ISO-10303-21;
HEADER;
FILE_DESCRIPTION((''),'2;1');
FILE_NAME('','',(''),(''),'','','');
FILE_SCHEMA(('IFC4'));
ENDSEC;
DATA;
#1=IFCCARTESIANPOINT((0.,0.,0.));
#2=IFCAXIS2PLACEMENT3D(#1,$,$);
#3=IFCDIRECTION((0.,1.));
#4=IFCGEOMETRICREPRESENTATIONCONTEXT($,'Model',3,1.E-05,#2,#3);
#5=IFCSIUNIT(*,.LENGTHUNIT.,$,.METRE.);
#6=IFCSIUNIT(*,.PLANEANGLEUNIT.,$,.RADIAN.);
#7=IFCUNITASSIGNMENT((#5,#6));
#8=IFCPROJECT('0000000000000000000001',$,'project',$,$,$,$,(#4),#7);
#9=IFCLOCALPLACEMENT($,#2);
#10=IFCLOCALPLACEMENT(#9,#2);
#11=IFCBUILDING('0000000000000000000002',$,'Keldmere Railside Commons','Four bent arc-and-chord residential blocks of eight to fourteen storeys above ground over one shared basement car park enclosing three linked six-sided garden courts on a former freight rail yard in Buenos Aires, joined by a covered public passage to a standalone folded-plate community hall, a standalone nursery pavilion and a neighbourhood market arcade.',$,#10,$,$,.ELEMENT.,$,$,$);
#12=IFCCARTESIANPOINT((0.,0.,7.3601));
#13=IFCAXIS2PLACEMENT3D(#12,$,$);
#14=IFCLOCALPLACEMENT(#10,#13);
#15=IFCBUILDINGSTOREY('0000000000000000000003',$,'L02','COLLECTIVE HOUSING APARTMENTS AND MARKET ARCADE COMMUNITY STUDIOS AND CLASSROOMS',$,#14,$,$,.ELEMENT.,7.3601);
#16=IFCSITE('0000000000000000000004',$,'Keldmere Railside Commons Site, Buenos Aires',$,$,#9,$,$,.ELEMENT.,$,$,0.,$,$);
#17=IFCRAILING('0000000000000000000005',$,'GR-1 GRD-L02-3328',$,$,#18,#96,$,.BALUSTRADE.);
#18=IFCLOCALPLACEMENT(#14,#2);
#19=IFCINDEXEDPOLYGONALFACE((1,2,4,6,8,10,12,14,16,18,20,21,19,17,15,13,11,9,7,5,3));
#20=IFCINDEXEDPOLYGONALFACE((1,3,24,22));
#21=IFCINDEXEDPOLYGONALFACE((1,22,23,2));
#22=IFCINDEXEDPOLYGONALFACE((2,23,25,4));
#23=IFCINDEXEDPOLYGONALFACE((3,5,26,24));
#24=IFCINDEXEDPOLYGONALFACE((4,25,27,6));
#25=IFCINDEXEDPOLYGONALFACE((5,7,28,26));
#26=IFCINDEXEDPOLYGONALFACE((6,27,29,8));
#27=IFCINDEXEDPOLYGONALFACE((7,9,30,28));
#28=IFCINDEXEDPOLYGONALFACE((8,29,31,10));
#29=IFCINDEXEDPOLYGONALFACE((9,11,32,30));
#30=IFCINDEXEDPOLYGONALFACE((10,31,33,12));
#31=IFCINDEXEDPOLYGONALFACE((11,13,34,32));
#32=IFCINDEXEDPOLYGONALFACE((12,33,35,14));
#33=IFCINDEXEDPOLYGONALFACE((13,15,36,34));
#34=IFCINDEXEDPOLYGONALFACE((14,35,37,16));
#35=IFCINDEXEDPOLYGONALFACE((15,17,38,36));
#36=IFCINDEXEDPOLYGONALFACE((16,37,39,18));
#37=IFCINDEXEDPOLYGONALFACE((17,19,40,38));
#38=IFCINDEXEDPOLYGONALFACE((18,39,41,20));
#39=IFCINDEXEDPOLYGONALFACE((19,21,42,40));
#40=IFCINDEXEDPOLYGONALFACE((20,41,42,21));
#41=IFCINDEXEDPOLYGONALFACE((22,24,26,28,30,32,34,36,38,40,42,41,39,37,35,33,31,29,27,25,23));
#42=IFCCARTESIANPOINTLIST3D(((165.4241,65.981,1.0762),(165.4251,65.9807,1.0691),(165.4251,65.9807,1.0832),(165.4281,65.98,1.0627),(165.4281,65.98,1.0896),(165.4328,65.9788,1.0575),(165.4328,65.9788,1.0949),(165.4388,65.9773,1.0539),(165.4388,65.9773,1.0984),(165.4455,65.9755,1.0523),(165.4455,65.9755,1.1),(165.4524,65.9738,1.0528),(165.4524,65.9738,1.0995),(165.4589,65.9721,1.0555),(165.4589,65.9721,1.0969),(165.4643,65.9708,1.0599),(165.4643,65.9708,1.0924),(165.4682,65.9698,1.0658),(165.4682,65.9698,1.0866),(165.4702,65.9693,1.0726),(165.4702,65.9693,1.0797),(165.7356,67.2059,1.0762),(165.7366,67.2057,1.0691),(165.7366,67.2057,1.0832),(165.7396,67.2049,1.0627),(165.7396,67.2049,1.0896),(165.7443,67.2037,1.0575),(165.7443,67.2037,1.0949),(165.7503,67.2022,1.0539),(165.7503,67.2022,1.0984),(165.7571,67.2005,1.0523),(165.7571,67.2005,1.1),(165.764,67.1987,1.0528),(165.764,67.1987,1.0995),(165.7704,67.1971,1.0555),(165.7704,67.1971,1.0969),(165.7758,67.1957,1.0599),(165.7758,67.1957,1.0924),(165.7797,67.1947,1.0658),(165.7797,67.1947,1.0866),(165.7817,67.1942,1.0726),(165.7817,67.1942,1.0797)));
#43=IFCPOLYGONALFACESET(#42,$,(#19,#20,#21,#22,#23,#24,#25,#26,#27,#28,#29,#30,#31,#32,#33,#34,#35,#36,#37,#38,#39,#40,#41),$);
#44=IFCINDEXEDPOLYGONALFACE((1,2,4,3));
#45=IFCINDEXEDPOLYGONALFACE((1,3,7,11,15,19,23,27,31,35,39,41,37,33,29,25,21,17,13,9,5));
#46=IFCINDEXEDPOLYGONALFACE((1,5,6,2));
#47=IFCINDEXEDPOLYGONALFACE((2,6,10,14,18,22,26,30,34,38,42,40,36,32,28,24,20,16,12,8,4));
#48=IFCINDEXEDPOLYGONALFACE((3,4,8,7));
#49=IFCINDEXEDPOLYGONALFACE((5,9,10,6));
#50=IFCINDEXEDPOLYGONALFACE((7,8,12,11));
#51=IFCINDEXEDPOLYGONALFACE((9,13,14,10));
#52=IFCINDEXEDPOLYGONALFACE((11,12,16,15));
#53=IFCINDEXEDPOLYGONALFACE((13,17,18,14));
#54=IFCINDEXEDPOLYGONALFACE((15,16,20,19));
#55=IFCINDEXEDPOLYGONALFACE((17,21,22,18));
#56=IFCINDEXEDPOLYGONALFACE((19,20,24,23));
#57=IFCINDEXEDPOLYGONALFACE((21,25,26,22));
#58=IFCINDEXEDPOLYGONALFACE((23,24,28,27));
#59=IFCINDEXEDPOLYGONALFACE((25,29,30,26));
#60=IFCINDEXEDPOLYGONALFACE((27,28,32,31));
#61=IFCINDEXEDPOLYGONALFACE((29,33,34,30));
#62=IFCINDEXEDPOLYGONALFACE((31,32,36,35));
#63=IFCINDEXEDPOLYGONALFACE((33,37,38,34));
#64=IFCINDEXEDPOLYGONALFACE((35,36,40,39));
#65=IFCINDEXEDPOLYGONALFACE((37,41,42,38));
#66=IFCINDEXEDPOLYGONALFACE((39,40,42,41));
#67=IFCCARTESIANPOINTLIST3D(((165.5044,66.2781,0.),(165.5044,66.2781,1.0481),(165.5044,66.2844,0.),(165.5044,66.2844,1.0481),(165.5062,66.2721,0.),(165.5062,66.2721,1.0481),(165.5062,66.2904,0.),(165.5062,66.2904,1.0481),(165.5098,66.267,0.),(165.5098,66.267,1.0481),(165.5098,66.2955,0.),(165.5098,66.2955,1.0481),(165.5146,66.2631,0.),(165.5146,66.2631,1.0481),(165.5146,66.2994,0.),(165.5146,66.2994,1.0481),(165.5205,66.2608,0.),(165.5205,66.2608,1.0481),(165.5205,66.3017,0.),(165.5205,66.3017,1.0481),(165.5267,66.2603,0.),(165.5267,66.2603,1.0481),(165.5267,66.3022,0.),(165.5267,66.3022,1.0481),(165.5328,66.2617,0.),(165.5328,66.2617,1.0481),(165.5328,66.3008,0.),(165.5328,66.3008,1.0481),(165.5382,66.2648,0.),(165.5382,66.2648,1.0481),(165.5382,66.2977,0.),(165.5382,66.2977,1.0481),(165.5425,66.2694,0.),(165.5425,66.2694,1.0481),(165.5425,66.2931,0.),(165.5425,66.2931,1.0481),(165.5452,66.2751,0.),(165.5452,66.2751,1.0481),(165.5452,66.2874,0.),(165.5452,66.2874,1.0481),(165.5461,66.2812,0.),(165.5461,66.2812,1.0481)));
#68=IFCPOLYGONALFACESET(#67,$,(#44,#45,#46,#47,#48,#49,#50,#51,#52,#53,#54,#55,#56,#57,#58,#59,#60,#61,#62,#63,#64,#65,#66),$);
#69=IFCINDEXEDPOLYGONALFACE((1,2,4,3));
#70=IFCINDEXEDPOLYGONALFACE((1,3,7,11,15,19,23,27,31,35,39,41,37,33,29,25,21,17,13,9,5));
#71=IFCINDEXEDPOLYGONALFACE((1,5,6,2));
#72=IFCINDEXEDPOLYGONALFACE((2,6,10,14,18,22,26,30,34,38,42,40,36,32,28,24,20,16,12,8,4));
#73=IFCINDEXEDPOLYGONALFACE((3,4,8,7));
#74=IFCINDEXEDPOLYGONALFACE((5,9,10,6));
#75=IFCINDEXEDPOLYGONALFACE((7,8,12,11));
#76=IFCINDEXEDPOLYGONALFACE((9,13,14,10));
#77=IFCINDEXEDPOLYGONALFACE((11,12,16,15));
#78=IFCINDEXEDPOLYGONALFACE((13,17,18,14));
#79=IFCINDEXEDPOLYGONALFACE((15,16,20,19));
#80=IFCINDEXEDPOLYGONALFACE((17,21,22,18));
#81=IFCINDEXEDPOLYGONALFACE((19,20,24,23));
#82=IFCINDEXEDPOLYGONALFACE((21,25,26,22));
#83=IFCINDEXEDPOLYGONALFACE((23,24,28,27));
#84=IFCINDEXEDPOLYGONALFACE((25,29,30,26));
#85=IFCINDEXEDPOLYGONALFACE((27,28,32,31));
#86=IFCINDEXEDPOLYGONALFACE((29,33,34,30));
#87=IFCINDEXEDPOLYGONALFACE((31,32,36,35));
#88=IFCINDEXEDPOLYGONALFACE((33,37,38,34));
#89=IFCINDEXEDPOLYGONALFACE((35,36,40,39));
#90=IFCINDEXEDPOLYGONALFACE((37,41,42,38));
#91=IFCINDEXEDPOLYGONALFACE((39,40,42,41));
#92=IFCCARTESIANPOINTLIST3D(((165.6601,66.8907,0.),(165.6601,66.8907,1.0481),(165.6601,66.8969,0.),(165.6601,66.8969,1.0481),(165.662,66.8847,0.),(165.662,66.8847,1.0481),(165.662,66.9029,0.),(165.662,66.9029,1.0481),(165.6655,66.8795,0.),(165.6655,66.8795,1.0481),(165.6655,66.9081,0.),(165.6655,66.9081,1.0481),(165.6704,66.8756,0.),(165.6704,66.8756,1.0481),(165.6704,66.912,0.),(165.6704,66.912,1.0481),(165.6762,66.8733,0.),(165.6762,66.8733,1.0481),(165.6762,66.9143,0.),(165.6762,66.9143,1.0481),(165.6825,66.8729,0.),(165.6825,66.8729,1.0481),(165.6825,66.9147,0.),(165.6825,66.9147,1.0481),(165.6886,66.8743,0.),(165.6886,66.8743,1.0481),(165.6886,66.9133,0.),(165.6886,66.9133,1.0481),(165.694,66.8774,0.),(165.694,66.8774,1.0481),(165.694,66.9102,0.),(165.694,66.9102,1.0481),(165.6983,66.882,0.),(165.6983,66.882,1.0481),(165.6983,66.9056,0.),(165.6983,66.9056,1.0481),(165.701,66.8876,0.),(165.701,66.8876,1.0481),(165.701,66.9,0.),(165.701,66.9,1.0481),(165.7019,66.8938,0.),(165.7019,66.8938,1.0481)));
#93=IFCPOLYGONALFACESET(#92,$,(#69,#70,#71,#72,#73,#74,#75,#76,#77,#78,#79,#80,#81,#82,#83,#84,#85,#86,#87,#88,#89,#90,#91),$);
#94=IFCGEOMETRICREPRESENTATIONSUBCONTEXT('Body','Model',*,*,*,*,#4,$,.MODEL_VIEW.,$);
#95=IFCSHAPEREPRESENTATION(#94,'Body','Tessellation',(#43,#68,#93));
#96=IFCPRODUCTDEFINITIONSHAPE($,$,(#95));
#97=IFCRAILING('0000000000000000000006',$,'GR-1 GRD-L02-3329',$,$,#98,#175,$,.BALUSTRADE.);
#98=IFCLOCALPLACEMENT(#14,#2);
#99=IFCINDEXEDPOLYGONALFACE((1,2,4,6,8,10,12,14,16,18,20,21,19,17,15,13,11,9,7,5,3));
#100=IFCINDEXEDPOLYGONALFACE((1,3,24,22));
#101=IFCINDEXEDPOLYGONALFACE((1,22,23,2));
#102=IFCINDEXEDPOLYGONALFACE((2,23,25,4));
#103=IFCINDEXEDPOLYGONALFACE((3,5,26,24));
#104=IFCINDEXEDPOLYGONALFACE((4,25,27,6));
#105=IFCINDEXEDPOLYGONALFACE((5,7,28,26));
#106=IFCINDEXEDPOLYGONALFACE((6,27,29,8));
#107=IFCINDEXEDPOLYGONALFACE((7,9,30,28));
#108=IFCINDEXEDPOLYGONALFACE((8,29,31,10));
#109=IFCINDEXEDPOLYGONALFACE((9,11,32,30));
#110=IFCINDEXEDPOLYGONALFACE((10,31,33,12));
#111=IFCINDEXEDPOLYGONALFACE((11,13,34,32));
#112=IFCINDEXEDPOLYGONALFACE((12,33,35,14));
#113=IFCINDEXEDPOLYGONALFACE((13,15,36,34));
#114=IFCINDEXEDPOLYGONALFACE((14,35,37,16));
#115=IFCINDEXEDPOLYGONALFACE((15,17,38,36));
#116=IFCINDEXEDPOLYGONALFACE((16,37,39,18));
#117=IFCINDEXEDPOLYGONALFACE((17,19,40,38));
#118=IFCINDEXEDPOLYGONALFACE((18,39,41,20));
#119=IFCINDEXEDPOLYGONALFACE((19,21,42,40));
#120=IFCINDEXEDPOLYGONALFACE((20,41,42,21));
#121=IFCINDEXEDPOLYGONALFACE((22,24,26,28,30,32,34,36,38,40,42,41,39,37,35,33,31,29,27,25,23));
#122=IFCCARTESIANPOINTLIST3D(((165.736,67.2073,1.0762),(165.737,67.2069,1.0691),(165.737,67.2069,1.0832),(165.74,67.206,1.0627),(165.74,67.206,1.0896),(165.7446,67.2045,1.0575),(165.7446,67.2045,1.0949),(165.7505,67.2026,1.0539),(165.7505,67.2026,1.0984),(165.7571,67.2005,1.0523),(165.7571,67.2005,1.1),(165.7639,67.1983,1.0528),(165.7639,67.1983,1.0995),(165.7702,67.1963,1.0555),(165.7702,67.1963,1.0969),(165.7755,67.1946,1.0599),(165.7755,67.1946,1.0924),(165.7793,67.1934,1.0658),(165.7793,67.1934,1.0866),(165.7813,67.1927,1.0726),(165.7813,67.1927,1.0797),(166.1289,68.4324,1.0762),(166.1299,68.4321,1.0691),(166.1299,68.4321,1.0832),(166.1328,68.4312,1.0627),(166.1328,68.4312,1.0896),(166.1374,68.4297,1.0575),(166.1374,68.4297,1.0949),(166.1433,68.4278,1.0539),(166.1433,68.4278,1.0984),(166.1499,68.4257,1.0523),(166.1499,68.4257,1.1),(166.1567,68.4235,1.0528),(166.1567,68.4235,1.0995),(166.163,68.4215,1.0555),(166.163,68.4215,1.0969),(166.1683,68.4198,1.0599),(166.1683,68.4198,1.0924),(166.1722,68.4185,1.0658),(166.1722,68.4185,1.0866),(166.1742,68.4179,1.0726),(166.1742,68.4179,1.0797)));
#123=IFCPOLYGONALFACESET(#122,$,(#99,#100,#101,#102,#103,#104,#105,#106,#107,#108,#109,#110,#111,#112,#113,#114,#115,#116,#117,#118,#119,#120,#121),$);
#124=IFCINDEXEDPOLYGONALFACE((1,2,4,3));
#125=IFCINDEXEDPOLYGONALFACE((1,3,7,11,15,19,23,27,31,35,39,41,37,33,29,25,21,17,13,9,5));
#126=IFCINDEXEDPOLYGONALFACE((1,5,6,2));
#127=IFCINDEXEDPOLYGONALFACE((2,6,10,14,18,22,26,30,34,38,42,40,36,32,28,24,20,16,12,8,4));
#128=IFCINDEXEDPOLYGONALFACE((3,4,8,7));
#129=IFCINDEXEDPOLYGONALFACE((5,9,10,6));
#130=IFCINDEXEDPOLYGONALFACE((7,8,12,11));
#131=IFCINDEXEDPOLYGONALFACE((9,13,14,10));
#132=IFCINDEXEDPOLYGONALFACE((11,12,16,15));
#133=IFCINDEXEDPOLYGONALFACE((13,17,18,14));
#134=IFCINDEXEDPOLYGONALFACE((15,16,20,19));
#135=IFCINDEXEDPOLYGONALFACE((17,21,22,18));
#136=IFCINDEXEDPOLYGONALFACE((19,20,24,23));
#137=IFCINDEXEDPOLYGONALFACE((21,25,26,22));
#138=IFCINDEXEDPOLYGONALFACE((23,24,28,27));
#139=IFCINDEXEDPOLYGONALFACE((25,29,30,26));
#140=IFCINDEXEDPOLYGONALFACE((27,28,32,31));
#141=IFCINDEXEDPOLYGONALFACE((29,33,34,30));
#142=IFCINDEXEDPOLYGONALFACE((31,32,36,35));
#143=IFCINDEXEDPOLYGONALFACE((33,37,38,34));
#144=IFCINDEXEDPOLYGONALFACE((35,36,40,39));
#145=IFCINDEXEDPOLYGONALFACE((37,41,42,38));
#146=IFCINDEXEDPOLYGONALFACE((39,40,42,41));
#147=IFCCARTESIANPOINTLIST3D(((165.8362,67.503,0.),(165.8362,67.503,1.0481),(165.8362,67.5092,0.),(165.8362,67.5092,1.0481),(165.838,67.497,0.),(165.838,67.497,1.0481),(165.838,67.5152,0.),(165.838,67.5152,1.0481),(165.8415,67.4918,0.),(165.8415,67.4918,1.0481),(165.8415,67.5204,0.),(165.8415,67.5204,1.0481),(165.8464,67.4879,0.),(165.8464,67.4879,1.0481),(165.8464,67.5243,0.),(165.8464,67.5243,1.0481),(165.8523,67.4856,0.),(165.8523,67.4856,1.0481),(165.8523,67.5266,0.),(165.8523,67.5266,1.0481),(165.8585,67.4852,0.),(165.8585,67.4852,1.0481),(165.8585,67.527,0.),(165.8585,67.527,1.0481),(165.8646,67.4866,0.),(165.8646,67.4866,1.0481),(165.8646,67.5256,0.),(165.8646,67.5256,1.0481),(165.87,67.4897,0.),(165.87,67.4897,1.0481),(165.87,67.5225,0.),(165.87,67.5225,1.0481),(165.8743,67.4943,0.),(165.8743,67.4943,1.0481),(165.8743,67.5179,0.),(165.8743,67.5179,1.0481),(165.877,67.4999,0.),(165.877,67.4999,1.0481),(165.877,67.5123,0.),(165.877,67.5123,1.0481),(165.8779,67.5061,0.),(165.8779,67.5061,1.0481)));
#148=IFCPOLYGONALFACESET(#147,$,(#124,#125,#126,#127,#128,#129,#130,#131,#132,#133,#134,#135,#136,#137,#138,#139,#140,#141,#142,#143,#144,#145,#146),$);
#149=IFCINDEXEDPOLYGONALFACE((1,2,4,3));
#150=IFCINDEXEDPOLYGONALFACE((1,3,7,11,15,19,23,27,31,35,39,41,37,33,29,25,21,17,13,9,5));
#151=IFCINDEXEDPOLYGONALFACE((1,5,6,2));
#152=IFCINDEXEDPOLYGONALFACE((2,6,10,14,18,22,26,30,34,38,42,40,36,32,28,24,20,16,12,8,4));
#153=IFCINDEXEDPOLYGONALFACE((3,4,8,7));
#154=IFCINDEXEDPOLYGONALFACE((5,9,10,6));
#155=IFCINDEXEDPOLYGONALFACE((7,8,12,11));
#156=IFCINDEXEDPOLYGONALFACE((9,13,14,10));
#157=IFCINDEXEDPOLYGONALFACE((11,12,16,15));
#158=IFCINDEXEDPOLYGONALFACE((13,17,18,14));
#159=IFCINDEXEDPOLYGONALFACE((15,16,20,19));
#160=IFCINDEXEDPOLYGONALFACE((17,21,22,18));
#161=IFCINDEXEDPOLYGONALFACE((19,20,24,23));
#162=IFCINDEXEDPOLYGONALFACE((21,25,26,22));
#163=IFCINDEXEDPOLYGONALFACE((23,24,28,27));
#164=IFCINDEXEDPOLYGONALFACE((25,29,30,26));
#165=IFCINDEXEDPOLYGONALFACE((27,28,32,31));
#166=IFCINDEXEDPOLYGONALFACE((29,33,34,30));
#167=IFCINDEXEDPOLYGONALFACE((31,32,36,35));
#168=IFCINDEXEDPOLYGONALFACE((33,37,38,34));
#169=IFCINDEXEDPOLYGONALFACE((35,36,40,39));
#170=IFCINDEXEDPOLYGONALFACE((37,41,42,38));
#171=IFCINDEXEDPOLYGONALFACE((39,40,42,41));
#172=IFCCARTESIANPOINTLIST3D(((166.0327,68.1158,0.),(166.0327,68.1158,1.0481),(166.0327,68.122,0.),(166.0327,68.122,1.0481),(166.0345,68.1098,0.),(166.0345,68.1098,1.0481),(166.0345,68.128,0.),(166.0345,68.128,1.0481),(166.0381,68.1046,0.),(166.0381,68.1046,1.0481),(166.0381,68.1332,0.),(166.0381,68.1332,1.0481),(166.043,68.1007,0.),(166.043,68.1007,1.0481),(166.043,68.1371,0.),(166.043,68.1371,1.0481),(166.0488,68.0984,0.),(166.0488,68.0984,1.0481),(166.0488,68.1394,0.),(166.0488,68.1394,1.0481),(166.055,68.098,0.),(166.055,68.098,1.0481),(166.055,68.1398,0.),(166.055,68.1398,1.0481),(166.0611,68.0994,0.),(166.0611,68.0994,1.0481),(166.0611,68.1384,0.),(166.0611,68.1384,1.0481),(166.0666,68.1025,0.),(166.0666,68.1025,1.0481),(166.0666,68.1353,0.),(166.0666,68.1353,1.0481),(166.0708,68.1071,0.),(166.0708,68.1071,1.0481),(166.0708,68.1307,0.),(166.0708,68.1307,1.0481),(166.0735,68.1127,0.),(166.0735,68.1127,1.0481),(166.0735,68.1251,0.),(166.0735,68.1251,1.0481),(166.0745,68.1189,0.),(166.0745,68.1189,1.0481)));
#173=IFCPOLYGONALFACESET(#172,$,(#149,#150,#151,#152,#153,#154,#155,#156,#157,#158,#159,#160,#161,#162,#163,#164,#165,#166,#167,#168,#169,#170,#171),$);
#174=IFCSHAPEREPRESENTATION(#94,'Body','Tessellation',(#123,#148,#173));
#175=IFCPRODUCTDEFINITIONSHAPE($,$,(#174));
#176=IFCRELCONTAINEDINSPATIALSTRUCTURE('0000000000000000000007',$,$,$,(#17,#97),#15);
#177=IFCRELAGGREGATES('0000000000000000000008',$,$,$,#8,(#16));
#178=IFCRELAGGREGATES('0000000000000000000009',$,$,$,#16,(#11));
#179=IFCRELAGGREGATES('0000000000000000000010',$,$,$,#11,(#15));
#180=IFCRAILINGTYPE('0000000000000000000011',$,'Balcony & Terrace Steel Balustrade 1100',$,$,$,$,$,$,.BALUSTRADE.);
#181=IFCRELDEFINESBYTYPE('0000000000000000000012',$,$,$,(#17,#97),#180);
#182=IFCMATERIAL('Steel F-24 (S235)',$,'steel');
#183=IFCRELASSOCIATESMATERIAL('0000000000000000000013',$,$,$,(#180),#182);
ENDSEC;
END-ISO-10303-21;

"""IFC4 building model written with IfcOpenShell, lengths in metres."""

from ifc_helpers import new_model, si_unit, direction, frame, origin, origin_2d, place, context, subcontext, project, spatial, circle, extrude, material, type_object, element, save


model = new_model("IFC4")

# Units and contexts
model_context = context("Model", 3, precision=1e-05, world=origin(), true_north=direction((0.0, 1.0)))
body_context = subcontext(model_context, "Body", "Model", "MODEL_VIEW")
ifc_project = project(units=[si_unit("LENGTHUNIT", "METRE"), si_unit("PLANEANGLEUNIT", "RADIAN")], contexts=[model_context])

# Site, building, storey
site_placement = place(None, origin())
site = spatial("IfcSite", under=ifc_project, at=site_placement, Name="Keldmere Railside Commons Site, Buenos Aires", CompositionType="ELEMENT", RefElevation=0.0)
building_placement = place(site_placement, origin())
building = spatial("IfcBuilding", under=site, at=building_placement, Name="Keldmere Railside Commons", Description="Four bent arc-and-chord residential blocks of eight to fourteen storeys above ground over one shared basement car park enclosing three linked six-sided garden courts on a former freight rail yard in Buenos Aires, joined by a covered public passage to a standalone folded-plate community hall, a standalone nursery pavilion and a neighbourhood market arcade.", CompositionType="ELEMENT")
storey_placement = place(building_placement, frame((0.0, 0.0, 7.3601)))
storey = spatial("IfcBuildingStorey", under=building, at=storey_placement, Name="L02", Description="COLLECTIVE HOUSING APARTMENTS AND MARKET ARCADE COMMUNITY STUDIOS AND CLASSROOMS", CompositionType="ELEMENT", Elevation=7.3601)

# Railings
ifc_material_1 = material(Name="Steel F-24 (S235)", Category="steel")
railing_type = type_object("IfcRailingType", Name="Balcony & Terrace Steel Balustrade 1100", PredefinedType="BALUSTRADE", material=ifc_material_1)
railing_1_placement = place(storey_placement, frame((165.4473, 65.9751, 0.0)))
element("IfcRailing", 1, at=railing_1_placement, inside=storey, type_object=railing_type, Name="GR-1 GRD-L02-3328", PredefinedType="BALUSTRADE", context=body_context, shape_type="SweptSolid", body=[
    extrude(circle(Radius=0.0239, at=origin_2d()), frame((0.0, 0.0, 1.0762), z_axis=(0.246488, 0.969146, 0.0), x_axis=(-0.969146, 0.246488, 0.0)), (0.0, 0.0, 1.0), 1.2639),
    extrude(circle(Radius=0.021, at=origin_2d()), frame((0.0779, 0.3062, 0.0)), (0.0, 0.0, 1.0), 1.0481),
    extrude(circle(Radius=0.021, at=origin_2d()), frame((0.2336, 0.9187, 0.0)), (0.0, 0.0, 1.0), 1.0481),
])
railing_2_placement = place(storey_placement, frame((165.7588, 67.2, 0.0)))
element("IfcRailing", 2, at=railing_2_placement, inside=storey, type_object=railing_type, Name="GR-1 GRD-L02-3329", PredefinedType="BALUSTRADE", context=body_context, shape_type="SweptSolid", body=[
    extrude(circle(Radius=0.0239, at=origin_2d()), frame((0.0, 0.0, 1.0762), z_axis=(0.305333, 0.952246, 0.0), x_axis=(-0.952246, 0.305333, 0.0)), (0.0, 0.0, 1.0), 1.2866),
    extrude(circle(Radius=0.021, at=origin_2d()), frame((0.0981, 0.3062, 0.0)), (0.0, 0.0, 1.0), 1.0481),
    extrude(circle(Radius=0.021, at=origin_2d()), frame((0.2947, 0.9189, 0.0)), (0.0, 0.0, 1.0), 1.0481),
])

save(model, "model.ifc")
